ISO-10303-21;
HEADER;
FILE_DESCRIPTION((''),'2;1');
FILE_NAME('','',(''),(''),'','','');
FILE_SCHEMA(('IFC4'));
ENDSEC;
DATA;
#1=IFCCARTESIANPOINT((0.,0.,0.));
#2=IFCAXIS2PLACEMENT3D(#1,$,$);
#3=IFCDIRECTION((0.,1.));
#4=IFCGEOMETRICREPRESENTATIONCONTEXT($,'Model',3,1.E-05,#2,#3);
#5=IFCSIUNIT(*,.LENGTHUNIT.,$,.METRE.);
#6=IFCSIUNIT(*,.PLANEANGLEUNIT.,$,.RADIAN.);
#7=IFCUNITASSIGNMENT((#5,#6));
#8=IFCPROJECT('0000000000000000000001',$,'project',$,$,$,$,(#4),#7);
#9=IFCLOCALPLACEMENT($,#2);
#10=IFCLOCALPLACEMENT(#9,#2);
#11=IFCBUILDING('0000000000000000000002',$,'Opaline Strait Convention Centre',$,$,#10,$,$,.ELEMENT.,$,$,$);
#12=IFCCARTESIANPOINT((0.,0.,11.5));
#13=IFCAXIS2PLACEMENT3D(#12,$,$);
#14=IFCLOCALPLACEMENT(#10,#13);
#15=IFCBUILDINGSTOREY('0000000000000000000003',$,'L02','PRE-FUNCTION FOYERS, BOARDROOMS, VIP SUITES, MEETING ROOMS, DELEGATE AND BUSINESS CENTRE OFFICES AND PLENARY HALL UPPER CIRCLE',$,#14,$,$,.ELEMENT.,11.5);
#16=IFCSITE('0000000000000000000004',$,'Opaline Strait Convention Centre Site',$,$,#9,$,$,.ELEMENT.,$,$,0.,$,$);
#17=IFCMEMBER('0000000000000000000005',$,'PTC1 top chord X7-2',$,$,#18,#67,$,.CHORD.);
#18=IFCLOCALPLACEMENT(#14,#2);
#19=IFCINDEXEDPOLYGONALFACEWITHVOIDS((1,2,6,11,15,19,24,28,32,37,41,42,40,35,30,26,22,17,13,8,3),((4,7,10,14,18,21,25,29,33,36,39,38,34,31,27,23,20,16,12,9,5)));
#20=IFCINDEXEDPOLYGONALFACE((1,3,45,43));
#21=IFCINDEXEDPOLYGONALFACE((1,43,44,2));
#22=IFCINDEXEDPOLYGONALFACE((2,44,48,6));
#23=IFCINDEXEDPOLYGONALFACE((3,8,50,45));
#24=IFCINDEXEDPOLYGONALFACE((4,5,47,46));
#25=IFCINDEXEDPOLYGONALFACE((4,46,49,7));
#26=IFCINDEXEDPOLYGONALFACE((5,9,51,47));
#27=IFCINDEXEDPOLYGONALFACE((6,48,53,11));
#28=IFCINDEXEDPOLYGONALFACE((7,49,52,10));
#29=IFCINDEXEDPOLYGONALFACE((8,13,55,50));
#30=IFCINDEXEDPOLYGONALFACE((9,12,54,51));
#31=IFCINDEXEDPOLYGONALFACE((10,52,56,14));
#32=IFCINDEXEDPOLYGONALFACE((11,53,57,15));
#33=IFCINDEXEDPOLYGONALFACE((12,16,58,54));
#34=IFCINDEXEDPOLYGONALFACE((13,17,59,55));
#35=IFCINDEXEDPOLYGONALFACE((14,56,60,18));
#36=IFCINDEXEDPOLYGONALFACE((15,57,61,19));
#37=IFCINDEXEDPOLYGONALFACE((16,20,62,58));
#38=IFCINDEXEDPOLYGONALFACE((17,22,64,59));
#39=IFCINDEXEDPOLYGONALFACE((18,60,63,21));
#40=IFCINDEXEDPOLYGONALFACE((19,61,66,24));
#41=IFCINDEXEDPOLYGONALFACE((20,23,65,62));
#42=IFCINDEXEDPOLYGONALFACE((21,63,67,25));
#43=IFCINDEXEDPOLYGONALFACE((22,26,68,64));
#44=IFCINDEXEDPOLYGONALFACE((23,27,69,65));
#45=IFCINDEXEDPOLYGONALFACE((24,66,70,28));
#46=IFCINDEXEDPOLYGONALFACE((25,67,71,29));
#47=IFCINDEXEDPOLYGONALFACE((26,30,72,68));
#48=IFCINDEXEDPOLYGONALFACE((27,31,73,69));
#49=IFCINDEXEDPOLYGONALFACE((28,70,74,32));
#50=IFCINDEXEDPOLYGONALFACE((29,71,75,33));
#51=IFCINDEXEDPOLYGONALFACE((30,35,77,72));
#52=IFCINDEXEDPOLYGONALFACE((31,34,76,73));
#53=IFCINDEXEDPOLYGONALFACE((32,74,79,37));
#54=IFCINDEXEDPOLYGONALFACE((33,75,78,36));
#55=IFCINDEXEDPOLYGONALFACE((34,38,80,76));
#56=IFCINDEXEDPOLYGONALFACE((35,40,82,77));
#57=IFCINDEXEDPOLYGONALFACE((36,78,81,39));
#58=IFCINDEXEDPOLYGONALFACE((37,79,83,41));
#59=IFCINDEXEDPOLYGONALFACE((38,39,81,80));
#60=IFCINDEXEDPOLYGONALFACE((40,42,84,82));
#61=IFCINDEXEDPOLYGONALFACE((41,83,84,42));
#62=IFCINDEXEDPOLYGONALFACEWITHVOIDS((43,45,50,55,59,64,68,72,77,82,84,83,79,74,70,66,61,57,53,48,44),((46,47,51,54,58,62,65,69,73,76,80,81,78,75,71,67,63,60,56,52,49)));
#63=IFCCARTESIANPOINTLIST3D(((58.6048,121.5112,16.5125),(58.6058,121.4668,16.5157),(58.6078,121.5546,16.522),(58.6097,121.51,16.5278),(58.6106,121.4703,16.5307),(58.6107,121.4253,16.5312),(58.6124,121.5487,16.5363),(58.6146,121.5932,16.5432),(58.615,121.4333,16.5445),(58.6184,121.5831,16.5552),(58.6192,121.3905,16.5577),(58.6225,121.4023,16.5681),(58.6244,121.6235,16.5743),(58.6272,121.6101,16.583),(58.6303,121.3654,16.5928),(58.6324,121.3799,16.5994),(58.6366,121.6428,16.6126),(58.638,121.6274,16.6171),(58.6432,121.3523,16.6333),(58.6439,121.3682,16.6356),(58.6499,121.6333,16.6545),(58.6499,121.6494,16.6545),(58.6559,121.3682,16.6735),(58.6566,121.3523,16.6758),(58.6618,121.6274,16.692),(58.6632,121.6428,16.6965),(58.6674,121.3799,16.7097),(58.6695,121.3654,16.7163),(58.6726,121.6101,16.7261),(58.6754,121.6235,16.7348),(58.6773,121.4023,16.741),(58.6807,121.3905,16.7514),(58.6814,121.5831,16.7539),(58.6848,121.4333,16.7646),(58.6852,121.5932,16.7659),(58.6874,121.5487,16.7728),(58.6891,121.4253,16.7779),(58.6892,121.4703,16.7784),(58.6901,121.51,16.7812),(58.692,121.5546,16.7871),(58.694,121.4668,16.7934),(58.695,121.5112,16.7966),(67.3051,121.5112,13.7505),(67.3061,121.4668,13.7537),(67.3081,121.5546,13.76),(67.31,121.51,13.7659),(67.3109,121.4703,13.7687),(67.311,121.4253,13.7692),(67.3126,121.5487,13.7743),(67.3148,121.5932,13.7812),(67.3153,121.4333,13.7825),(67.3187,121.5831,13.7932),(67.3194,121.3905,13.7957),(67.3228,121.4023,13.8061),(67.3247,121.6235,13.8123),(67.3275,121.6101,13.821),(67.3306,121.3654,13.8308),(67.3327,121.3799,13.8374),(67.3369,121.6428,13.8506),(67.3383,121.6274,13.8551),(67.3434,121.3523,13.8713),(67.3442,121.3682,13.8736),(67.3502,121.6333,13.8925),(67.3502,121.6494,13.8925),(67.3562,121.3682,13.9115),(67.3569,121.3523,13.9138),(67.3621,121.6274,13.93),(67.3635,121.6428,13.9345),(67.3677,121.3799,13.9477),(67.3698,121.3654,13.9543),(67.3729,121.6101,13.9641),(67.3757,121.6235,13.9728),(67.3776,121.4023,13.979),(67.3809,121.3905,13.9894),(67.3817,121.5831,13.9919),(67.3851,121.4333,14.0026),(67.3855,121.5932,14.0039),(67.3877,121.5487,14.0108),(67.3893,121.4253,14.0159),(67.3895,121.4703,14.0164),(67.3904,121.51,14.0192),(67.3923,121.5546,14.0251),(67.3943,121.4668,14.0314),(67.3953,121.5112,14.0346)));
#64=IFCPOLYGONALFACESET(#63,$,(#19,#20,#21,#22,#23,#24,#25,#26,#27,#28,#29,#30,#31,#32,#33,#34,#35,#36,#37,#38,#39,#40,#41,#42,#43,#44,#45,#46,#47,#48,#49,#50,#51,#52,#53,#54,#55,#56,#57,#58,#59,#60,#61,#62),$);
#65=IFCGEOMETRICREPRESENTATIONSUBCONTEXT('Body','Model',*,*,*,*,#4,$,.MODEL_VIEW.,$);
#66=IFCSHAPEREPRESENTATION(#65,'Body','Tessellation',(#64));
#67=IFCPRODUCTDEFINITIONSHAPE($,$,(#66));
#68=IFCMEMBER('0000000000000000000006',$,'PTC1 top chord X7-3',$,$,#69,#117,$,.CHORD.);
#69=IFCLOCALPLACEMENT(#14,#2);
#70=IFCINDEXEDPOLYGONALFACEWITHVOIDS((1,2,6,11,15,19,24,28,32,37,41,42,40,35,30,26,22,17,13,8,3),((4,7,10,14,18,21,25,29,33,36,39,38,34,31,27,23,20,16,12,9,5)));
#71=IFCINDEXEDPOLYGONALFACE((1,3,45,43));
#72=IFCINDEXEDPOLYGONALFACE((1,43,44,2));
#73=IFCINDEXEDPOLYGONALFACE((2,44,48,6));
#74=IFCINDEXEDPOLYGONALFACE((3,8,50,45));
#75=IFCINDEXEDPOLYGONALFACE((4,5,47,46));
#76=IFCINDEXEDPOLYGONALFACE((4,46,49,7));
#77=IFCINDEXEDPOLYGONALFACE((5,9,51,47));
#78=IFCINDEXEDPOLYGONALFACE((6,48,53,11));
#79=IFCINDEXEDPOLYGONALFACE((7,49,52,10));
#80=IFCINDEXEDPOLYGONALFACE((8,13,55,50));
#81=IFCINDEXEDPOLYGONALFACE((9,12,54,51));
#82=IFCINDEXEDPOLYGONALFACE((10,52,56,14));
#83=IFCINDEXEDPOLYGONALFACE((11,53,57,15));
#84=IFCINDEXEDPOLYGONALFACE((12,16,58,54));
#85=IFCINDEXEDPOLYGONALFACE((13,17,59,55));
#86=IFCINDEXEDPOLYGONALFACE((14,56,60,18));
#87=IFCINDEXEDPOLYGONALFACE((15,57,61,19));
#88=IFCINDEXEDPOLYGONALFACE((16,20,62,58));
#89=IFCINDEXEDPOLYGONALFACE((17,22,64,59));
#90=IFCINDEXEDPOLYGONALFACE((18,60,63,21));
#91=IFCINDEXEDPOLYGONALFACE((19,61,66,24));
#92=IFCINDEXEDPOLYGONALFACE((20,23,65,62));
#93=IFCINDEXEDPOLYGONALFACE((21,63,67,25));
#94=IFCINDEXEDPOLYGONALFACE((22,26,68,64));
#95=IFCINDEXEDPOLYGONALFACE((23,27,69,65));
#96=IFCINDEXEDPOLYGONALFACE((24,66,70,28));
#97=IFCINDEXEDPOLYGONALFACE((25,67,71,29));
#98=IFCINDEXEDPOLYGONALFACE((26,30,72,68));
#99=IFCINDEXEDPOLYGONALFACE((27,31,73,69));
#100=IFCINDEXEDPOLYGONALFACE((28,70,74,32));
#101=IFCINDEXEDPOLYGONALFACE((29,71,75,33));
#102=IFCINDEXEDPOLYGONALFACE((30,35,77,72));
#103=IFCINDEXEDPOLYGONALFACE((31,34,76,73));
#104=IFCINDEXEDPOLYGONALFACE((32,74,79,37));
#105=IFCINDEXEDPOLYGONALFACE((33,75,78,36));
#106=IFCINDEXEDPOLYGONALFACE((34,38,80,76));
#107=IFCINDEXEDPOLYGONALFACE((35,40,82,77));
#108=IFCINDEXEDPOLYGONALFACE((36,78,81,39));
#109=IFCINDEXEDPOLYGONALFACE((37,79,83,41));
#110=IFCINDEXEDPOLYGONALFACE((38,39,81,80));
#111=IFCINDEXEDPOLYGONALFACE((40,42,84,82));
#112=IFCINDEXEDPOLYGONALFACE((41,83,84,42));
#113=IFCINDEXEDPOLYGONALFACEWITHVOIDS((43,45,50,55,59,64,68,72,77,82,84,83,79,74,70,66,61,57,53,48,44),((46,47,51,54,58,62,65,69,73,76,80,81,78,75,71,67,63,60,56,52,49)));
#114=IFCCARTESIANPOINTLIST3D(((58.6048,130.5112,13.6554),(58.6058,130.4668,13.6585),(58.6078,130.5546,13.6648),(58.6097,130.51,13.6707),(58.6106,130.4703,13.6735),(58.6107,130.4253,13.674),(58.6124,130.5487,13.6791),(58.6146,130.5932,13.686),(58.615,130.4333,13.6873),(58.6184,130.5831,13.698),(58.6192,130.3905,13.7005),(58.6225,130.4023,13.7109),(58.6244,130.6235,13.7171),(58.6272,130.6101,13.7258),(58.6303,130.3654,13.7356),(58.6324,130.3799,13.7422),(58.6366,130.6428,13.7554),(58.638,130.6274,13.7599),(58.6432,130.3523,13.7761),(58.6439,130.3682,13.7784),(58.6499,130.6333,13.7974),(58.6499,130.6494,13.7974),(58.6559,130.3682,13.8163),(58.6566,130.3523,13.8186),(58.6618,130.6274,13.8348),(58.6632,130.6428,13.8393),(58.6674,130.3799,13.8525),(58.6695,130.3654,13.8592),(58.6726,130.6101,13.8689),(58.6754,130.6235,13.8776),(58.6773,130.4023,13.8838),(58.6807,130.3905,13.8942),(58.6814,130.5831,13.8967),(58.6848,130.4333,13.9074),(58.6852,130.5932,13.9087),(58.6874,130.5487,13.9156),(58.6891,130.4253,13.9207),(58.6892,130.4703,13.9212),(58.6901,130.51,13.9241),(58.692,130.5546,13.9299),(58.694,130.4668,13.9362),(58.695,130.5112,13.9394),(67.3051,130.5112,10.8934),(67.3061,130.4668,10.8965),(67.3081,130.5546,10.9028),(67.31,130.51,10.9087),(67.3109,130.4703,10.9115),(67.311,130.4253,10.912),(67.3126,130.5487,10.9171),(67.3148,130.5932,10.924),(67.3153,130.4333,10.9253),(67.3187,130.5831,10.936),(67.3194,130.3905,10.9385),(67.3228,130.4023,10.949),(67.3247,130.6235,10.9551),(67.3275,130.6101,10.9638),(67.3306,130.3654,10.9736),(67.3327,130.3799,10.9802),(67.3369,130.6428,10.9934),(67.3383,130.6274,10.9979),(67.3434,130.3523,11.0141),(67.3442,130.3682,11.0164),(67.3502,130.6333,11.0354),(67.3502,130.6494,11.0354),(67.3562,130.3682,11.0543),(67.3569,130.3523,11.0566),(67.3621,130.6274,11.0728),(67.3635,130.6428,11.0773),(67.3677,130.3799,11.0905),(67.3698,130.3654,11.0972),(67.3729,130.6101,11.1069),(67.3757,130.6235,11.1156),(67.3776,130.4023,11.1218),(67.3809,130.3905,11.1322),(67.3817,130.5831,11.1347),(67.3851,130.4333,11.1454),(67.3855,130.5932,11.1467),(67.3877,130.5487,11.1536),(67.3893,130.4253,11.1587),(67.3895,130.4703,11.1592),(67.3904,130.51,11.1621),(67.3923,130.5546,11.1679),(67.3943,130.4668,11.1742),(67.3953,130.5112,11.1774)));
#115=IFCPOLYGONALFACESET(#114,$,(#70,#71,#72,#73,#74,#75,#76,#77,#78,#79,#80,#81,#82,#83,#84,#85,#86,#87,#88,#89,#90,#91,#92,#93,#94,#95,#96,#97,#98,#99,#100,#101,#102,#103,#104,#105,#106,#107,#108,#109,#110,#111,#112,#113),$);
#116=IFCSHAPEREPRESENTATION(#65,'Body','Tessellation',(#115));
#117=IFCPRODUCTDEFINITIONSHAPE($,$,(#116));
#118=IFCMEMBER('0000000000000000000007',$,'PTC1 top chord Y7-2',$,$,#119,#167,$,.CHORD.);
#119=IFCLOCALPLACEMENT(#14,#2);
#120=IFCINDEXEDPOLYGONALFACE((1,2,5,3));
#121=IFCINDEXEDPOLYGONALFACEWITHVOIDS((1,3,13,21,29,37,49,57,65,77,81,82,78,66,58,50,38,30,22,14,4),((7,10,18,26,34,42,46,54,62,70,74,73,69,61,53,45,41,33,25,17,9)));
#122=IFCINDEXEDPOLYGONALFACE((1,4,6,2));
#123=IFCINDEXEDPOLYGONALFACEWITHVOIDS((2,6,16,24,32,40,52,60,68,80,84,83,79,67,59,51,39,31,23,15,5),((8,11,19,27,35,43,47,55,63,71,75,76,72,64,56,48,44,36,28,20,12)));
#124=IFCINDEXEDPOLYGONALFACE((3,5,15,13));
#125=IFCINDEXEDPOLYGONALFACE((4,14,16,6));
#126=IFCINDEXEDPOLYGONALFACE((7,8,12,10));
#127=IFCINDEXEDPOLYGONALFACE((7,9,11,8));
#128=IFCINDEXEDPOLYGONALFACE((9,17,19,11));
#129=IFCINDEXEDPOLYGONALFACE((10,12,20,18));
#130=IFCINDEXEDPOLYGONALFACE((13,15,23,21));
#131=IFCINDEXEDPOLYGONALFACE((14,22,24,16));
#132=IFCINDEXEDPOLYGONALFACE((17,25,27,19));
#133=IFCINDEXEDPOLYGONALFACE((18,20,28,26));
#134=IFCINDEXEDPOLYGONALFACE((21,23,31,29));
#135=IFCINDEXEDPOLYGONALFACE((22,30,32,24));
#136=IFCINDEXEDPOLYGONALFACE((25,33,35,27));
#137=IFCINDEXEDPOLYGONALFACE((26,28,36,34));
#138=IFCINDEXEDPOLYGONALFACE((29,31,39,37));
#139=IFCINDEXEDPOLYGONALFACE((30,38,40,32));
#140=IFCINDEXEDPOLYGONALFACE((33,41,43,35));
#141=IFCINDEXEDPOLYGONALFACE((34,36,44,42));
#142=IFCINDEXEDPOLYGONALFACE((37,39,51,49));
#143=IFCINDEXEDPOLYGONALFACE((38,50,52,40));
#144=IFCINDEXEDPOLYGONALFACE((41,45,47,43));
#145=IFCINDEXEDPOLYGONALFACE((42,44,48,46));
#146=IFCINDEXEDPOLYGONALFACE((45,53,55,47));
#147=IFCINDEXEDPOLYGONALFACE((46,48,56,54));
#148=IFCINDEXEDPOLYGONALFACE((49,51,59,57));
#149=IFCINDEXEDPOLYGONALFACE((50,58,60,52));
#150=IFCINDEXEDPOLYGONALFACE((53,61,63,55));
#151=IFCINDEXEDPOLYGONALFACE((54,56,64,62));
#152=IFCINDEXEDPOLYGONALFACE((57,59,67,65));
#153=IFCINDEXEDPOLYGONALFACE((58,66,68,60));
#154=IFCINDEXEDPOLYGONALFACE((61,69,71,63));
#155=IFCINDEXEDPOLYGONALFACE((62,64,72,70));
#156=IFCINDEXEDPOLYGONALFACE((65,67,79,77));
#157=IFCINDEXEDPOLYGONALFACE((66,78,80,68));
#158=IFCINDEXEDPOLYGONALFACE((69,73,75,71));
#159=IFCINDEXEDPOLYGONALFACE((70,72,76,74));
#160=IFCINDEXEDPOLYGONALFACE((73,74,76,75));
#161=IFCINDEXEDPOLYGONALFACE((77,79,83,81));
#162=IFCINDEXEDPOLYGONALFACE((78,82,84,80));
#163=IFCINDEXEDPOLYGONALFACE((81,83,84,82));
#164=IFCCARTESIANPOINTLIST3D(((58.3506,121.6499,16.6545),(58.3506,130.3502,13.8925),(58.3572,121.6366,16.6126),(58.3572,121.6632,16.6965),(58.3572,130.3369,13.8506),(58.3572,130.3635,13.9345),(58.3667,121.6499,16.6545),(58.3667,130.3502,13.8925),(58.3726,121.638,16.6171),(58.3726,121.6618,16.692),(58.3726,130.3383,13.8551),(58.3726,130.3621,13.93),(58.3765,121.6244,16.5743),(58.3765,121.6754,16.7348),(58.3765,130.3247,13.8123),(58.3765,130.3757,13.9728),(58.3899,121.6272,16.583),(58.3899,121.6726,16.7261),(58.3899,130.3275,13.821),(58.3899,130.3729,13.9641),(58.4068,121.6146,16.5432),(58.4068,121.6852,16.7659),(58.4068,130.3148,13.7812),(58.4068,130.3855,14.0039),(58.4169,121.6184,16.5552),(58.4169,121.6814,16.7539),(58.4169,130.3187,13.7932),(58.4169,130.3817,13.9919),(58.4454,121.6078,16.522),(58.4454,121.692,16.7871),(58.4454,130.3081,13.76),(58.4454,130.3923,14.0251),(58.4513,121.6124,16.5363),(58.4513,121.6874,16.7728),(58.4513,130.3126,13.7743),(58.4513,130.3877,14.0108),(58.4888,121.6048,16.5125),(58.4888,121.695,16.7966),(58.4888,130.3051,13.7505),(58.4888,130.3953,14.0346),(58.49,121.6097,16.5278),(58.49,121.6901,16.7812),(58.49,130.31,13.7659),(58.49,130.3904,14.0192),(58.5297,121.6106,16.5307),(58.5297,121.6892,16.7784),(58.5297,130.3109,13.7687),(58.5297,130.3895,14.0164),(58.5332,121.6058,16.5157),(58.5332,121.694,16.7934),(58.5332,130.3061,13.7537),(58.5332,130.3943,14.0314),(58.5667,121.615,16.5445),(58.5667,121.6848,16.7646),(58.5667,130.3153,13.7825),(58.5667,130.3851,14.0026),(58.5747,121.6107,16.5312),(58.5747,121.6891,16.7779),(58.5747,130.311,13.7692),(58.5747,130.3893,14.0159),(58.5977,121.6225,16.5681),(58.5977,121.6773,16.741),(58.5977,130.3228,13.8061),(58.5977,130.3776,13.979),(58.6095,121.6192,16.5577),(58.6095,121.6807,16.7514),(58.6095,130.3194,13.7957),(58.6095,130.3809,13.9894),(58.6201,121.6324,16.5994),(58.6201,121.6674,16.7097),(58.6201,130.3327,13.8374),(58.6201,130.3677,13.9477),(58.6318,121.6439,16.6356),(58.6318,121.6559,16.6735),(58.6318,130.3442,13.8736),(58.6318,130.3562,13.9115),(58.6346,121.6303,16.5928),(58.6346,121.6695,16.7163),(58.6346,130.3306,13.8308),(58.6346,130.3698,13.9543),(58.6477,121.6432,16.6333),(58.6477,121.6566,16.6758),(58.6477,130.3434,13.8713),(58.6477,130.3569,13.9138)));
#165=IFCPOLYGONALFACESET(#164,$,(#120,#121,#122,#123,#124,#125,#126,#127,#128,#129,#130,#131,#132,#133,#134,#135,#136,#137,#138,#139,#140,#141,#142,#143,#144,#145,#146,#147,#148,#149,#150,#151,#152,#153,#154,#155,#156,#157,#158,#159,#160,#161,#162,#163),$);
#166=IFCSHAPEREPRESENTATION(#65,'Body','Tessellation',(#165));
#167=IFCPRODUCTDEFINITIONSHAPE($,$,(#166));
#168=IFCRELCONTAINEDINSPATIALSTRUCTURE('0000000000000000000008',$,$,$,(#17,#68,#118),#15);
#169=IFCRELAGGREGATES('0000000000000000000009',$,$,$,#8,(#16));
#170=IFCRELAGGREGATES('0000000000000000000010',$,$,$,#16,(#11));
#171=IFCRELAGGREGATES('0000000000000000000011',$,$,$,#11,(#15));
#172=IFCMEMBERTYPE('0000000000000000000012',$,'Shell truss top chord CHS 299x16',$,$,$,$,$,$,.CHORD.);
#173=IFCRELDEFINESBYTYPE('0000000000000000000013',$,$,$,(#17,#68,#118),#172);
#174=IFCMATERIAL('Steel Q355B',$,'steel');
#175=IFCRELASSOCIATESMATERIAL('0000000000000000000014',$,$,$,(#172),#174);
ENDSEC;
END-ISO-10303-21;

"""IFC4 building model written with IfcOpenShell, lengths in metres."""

from ifc_helpers import new_model, si_unit, direction, frame, origin, origin_2d, place, context, subcontext, project, spatial, hollow_circle, extrude, material, material_profile, profile_set, type_object, element, save


model = new_model("IFC4")

# Units and contexts
model_context = context("Model", 3, precision=1e-05, world=origin(), true_north=direction((0.0, 1.0)))
body_context = subcontext(model_context, "Body", "Model", "MODEL_VIEW")
ifc_project = project(units=[si_unit("LENGTHUNIT", "METRE"), si_unit("PLANEANGLEUNIT", "RADIAN")], contexts=[model_context])

# Site, building, storey
site_placement = place(None, origin())
site = spatial("IfcSite", under=ifc_project, at=site_placement, Name="Opaline Strait Convention Centre Site", CompositionType="ELEMENT", RefElevation=0.0)
building_placement = place(site_placement, origin())
building = spatial("IfcBuilding", under=site, at=building_placement, Name="Opaline Strait Convention Centre", CompositionType="ELEMENT")
storey_placement = place(building_placement, frame((0.0, 0.0, 11.5)))
storey = spatial("IfcBuildingStorey", under=building, at=storey_placement, Name="L02", Description="PRE-FUNCTION FOYERS, BOARDROOMS, VIP SUITES, MEETING ROOMS, DELEGATE AND BUSINESS CENTRE OFFICES AND PLENARY HALL UPPER CIRCLE", CompositionType="ELEMENT", Elevation=11.5)

# Members
ifc_material_1 = material(Name="Steel Q355B", Category="steel")
ifc_material_profile_1 = material_profile(ifc_material_1, hollow_circle(Radius=0.1494, WallThickness=0.0161, at=origin_2d()), Name="CHS 299x16")
ifc_profile_set_1 = profile_set([ifc_material_profile_1], Name="Steel Q355B")
member_type_1 = type_object("IfcMemberType", Name="Shell truss top chord CHS 299x16", PredefinedType="CHORD", material=ifc_profile_set_1)
for number, where, z_axis, x_axis, name in (
    (1, (58.6499, 121.5, 16.6545), (0.953124, 0.0, -0.302579), (0.0, 1.0, 0.0), "PTC1 top chord X7-2"),
    (2, (58.6499, 130.5, 13.7974), (0.953124, 0.0, -0.302579), (0.0, 1.0, 0.0), "PTC1 top chord X7-3"),
    (3, (58.5, 121.6499, 16.6545), (0.0, 0.953124, -0.302579), (-1.0, 0.0, 0.0), "PTC1 top chord Y7-2"),
):
    element("IfcMember", number, at=place(storey_placement, frame(where, z_axis=z_axis, x_axis=x_axis)), inside=storey, type_object=member_type_1, Name=name, PredefinedType="CHORD", context=body_context, shape_type="SweptSolid", body=[
        extrude(hollow_circle(Radius=0.1494, WallThickness=0.0161, at=origin_2d()), origin(), (0.0, 0.0, 1.0), 9.1282),
    ])

save(model, "model.ifc")
